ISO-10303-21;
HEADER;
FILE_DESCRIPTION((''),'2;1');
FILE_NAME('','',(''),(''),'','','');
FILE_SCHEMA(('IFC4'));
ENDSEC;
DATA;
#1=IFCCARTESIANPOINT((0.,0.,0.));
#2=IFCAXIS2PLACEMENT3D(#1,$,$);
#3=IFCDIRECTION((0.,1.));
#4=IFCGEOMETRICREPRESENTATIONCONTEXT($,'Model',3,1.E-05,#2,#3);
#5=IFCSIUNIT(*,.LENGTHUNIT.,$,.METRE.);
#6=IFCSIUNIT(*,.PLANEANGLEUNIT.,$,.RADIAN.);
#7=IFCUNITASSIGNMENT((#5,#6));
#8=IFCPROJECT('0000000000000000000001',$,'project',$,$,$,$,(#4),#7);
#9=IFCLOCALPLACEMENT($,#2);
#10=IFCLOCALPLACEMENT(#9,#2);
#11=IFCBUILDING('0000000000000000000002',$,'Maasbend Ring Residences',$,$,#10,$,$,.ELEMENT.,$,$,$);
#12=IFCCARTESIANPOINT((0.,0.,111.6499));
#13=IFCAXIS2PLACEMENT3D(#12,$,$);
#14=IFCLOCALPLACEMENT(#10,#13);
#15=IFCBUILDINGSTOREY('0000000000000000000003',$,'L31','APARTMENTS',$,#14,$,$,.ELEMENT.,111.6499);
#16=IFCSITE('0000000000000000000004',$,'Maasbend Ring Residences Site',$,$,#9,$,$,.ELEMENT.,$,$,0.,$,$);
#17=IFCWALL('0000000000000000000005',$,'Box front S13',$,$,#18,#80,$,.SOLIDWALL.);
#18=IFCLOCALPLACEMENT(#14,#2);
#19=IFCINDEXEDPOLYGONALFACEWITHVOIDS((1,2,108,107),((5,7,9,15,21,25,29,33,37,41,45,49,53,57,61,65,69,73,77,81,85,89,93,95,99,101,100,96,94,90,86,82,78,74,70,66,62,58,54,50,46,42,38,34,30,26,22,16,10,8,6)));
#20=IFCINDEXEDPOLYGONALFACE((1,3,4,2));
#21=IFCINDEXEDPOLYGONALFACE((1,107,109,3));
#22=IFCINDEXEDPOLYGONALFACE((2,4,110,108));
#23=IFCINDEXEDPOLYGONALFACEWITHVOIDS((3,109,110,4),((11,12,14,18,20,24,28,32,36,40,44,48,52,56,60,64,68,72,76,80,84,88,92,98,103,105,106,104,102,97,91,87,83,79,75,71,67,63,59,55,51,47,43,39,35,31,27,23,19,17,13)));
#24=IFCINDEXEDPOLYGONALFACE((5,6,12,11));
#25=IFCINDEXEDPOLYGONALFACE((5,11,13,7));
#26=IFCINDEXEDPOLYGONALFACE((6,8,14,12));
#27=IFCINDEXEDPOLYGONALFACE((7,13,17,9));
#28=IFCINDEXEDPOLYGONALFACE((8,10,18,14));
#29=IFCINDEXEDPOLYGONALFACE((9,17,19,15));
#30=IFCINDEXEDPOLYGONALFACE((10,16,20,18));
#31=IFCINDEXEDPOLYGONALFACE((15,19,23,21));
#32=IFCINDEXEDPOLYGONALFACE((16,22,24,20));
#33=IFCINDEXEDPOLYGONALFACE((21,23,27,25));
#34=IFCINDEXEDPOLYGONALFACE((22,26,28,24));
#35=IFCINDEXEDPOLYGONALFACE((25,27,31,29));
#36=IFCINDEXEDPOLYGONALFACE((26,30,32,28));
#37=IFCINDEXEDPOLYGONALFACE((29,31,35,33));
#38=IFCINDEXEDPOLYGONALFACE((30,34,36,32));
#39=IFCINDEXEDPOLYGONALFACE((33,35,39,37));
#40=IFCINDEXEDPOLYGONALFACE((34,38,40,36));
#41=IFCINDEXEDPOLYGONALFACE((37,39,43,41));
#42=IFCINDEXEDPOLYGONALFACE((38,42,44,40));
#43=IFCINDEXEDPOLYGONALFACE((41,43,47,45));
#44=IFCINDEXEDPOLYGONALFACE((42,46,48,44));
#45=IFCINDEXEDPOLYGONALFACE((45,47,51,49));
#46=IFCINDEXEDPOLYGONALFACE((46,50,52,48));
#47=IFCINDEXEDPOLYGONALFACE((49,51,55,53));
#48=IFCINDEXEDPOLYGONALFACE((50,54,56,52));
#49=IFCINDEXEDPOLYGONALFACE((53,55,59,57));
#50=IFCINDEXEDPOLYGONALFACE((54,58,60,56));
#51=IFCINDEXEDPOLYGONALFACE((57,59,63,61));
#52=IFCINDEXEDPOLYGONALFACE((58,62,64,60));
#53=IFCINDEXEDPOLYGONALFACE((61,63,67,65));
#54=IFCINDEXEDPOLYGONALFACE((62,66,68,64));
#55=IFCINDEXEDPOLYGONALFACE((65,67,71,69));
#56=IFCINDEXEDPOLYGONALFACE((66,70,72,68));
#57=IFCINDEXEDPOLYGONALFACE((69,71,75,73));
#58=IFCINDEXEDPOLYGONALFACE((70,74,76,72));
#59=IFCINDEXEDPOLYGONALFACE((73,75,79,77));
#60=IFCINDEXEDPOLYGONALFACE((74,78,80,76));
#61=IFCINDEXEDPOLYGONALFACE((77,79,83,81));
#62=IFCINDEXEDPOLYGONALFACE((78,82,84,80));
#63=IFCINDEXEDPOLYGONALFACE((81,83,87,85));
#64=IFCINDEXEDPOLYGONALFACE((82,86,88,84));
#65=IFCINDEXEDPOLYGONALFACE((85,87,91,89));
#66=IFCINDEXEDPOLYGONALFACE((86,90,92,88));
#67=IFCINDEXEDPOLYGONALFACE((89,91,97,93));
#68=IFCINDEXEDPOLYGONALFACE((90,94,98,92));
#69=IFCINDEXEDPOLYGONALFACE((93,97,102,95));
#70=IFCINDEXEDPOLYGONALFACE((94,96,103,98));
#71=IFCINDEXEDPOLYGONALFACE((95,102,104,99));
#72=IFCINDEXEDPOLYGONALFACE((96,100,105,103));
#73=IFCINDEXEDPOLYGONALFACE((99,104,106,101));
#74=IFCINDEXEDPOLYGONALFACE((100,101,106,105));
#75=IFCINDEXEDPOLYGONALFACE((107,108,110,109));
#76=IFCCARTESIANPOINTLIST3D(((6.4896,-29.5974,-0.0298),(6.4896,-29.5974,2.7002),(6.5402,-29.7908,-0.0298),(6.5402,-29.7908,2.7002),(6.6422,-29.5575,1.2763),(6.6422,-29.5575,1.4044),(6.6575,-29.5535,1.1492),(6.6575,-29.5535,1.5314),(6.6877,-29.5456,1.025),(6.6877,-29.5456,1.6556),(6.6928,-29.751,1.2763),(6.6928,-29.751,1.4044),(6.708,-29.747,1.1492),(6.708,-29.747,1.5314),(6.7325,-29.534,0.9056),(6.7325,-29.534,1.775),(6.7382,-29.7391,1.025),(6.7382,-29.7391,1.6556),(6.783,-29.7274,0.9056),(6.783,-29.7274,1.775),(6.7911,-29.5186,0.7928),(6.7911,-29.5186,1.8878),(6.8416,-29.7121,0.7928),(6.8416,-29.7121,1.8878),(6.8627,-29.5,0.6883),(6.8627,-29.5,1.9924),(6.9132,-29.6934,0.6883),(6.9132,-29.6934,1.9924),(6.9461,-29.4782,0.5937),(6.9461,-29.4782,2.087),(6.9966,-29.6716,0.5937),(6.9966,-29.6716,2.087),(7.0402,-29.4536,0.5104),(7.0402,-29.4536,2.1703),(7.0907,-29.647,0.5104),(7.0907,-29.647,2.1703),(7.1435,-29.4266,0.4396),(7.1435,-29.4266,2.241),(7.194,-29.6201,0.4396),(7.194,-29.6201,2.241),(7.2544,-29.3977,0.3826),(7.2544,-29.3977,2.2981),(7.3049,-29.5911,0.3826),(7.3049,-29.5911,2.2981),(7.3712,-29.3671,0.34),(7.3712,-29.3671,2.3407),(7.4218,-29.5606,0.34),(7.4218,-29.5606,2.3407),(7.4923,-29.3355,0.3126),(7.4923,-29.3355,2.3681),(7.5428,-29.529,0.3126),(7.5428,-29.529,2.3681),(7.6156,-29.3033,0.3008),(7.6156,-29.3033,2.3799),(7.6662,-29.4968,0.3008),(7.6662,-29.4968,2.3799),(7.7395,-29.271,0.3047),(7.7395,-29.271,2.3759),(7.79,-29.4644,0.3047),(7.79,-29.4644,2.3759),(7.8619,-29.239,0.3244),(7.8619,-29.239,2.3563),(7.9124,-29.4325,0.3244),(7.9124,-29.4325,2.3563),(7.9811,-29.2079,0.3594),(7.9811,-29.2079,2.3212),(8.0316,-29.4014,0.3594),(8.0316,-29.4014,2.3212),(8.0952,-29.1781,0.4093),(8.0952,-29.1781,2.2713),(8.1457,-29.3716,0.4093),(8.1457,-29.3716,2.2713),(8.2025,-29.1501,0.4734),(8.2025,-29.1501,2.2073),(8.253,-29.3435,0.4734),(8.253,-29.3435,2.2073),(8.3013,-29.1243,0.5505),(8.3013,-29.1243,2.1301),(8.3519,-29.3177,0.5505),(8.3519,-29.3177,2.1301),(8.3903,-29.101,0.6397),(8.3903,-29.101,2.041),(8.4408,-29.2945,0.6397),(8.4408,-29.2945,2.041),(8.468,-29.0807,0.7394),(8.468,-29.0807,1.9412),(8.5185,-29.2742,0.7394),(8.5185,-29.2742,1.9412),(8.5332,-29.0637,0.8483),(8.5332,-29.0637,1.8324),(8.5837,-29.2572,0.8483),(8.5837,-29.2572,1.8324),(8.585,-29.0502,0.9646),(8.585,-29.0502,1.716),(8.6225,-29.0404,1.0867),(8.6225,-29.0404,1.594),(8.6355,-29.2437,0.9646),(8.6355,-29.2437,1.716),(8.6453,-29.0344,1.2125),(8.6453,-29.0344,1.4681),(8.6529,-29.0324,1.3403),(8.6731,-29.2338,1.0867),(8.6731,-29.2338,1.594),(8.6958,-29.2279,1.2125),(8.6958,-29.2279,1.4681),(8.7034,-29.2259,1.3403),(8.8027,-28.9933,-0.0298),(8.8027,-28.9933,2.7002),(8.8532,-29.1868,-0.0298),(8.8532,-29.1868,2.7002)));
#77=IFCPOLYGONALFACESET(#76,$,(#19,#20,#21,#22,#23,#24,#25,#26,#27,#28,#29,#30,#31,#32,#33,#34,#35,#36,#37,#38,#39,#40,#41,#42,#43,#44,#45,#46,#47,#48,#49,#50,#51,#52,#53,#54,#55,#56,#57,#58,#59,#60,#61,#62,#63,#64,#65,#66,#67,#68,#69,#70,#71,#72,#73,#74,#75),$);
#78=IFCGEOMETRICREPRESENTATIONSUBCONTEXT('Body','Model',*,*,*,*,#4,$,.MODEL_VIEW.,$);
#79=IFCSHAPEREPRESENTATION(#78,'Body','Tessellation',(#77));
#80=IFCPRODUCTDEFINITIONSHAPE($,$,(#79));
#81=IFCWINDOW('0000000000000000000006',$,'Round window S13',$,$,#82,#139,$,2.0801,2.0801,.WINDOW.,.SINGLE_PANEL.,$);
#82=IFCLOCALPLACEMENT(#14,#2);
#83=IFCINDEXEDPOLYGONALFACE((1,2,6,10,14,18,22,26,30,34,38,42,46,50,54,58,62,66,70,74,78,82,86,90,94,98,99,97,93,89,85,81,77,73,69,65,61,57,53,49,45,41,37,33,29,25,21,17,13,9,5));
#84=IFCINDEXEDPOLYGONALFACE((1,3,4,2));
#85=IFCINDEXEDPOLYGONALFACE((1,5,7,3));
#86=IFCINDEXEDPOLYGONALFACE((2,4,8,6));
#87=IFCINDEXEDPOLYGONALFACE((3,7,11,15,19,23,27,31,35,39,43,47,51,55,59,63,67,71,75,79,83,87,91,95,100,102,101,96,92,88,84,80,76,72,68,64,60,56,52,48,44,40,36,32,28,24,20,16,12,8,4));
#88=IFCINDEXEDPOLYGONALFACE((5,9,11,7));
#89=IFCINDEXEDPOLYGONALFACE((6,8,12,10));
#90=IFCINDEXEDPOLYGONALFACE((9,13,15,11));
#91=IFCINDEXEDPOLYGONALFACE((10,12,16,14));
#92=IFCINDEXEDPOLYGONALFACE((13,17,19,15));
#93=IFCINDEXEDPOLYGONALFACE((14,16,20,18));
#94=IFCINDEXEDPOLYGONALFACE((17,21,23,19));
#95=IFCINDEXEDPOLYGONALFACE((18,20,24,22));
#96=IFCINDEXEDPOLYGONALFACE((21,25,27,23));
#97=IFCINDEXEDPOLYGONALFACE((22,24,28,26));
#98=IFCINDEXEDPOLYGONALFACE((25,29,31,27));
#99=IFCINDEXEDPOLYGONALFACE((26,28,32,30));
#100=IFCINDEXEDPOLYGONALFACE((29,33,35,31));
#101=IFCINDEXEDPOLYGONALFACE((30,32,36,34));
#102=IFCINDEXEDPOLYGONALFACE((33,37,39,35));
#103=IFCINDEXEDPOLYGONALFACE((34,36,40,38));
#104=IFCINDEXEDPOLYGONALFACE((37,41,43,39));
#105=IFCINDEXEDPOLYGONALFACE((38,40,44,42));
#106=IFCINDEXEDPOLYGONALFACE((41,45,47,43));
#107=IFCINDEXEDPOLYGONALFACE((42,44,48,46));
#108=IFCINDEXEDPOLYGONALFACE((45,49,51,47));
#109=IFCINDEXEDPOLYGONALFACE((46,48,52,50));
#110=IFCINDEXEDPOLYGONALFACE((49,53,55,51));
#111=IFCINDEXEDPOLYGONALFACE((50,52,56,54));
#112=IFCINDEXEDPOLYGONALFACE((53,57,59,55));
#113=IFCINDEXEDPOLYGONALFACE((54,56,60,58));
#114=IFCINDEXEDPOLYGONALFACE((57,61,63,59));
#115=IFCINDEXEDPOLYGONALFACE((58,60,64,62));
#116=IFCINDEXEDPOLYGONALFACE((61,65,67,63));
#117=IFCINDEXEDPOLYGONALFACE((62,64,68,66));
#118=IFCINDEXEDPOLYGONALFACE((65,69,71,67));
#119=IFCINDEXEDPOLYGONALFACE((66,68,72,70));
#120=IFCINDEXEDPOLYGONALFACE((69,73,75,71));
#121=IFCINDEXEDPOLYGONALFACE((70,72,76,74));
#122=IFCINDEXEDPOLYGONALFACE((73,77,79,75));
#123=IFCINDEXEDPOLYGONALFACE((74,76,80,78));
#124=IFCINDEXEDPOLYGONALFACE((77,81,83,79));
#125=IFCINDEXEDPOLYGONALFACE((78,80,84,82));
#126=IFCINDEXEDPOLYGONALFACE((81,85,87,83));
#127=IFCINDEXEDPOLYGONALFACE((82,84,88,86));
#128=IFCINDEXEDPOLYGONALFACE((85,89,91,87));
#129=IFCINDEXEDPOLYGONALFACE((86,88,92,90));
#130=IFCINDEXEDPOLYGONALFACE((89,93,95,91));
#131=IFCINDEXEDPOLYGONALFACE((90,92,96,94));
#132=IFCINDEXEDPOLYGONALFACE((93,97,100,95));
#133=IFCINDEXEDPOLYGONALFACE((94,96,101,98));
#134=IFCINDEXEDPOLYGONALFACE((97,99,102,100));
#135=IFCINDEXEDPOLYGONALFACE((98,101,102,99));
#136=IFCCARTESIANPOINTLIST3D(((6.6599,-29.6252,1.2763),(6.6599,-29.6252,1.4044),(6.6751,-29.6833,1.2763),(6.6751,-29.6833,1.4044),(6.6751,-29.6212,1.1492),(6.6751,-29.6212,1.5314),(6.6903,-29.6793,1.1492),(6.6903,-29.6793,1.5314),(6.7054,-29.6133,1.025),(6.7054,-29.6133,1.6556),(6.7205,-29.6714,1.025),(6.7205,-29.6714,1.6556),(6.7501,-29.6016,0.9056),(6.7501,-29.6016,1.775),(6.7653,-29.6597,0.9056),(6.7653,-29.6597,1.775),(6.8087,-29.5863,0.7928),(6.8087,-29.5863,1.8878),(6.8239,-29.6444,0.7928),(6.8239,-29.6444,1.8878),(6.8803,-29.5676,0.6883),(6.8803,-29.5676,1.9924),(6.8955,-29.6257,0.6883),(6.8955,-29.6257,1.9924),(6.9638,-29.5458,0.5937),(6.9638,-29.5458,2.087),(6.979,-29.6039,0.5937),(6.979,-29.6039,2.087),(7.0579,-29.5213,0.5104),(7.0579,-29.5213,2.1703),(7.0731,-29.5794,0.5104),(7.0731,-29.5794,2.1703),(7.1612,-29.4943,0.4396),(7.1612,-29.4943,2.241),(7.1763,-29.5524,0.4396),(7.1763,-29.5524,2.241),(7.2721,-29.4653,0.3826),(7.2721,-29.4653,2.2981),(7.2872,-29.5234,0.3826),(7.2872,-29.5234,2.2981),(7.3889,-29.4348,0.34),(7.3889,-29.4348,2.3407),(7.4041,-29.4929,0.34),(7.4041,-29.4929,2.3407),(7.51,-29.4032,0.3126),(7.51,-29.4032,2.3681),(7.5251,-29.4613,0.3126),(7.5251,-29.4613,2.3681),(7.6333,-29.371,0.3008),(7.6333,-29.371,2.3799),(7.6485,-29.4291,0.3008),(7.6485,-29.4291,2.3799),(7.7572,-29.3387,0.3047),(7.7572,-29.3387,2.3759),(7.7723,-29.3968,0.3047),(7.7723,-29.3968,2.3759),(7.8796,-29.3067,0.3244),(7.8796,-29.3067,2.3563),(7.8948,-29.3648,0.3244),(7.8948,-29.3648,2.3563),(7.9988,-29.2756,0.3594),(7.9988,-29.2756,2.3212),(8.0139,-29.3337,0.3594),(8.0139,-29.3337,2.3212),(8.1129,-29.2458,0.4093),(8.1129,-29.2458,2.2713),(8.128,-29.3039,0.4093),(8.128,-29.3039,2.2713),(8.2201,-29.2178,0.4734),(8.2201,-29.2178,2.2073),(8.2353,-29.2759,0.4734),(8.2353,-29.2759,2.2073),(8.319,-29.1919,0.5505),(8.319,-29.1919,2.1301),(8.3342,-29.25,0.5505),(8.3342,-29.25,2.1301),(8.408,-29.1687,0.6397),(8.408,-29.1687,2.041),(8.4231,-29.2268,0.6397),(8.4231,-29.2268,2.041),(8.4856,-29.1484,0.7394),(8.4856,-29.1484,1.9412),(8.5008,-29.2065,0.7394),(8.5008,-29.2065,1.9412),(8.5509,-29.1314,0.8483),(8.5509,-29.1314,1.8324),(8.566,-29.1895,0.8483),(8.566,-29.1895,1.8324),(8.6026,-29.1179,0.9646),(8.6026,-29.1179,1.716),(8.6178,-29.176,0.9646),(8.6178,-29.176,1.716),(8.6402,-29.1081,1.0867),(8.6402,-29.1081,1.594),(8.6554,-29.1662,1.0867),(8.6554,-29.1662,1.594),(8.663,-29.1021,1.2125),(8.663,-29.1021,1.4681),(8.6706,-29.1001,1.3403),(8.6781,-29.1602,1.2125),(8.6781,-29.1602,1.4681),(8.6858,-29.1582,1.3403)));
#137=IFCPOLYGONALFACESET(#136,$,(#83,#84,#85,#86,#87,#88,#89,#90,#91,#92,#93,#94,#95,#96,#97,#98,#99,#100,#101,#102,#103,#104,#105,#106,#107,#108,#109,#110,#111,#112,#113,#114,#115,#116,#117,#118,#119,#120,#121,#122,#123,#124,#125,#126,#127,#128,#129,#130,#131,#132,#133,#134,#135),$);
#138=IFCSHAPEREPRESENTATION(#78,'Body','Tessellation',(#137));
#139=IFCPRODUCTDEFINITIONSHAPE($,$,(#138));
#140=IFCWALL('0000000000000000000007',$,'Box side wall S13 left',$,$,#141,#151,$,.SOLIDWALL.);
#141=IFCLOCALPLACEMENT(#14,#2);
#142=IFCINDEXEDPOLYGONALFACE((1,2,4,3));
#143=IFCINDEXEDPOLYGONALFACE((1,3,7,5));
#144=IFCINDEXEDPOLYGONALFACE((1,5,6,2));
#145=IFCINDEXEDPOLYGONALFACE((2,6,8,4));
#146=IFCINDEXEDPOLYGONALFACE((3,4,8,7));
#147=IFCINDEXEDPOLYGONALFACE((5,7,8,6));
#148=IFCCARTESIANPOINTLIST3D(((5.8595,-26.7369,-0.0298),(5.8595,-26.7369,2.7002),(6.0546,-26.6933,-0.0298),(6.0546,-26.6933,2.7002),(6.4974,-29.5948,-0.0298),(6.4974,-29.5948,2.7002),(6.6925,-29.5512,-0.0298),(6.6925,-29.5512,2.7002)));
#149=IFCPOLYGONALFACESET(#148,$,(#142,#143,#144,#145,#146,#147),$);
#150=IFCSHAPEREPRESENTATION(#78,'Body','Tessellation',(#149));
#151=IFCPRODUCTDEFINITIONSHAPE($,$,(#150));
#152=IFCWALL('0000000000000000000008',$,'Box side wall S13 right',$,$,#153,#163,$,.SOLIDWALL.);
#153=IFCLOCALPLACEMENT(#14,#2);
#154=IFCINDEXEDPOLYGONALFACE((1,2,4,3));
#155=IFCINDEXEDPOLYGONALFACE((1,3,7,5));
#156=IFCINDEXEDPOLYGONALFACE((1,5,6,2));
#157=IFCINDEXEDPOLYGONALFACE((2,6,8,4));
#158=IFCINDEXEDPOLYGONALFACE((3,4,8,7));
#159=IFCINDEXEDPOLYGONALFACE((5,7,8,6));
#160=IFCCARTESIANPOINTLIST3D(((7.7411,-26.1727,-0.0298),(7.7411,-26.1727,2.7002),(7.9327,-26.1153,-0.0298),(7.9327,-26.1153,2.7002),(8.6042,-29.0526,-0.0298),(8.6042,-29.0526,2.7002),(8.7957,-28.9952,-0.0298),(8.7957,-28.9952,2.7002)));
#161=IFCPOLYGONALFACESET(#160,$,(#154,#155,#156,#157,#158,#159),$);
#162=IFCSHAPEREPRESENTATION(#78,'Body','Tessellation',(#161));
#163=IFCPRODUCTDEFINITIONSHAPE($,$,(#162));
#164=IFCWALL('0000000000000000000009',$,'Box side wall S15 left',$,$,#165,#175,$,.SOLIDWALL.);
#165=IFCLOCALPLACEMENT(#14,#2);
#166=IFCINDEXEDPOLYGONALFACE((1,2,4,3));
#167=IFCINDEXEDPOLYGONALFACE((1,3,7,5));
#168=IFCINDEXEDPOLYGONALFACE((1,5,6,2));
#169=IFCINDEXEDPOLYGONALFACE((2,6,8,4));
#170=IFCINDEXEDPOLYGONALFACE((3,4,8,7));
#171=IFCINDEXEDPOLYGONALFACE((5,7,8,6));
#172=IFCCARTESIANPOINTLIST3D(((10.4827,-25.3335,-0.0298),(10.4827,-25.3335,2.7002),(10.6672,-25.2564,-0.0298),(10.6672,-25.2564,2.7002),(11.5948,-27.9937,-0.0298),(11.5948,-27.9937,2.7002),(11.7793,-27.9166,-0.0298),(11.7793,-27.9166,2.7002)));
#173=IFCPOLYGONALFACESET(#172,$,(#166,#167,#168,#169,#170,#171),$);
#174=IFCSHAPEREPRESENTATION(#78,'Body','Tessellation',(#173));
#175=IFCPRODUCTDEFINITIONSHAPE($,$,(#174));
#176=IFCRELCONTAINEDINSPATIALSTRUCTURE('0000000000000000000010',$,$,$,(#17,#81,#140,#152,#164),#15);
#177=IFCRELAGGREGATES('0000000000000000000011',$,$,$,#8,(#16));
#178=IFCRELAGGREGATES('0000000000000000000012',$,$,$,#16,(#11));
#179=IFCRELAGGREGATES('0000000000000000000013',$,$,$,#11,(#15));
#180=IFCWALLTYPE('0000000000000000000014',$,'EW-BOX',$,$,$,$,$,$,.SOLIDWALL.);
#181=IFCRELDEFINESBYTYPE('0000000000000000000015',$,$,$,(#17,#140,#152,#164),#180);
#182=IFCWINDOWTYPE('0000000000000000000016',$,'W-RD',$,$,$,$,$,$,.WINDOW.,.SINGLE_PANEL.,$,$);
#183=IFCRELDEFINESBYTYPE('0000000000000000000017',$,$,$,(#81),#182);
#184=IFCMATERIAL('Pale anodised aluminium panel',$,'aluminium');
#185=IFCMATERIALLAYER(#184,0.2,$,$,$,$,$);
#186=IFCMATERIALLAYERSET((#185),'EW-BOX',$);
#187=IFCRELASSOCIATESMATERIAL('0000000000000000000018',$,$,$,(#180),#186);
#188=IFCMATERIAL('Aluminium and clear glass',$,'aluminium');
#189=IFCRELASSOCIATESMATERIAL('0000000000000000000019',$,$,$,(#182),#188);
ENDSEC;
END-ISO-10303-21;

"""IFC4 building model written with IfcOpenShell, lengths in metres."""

from ifc_helpers import new_model, si_unit, direction, frame, frame_2d, origin, place, context, subcontext, project, spatial, rectangle, circle, extrude, material, layer, layer_set, type_object, element, fill, save


model = new_model("IFC4")

# Units and contexts
model_context = context("Model", 3, precision=1e-05, world=origin(), true_north=direction((0.0, 1.0)))
body_context = subcontext(model_context, "Body", "Model", "MODEL_VIEW")
ifc_project = project(units=[si_unit("LENGTHUNIT", "METRE"), si_unit("PLANEANGLEUNIT", "RADIAN")], contexts=[model_context])

# Site, building, storey
site_placement = place(None, origin())
site = spatial("IfcSite", under=ifc_project, at=site_placement, Name="Maasbend Ring Residences Site", CompositionType="ELEMENT", RefElevation=0.0)
building_placement = place(site_placement, origin())
building = spatial("IfcBuilding", under=site, at=building_placement, Name="Maasbend Ring Residences", CompositionType="ELEMENT")
storey_placement = place(building_placement, frame((0.0, 0.0, 111.6499)))
storey = spatial("IfcBuildingStorey", under=building, at=storey_placement, Name="L31", Description="APARTMENTS", CompositionType="ELEMENT", Elevation=111.6499)

# Shared definitions
ifc_material_1 = material(Name="Pale anodised aluminium panel", Category="aluminium")
ifc_layer_1 = layer(ifc_material_1, 0.2)
ifc_layer_set_1 = layer_set([ifc_layer_1], Name="EW-BOX")
wall_type_1 = type_object("IfcWallType", Name="EW-BOX", PredefinedType="SOLIDWALL", material=ifc_layer_set_1)

# Wall, opening, window
wall_1_placement = place(storey_placement, frame((6.5149, -29.6941, -0.0298), z_axis=(0.0, 0.0, 1.0), x_axis=(0.967554, 0.252663, 0.0)))
wall_1 = element("IfcWall", 1, at=wall_1_placement, inside=storey, type_object=wall_type_1, Name="Box front S13", PredefinedType="SOLIDWALL", context=body_context, shape_type="SweptSolid", body=[
    extrude(rectangle(XDim=2.3906, YDim=0.2, at=frame_2d((1.1953, 0.0))), origin(), (0.0, 0.0, 1.0), 2.73),
])
opening_1_placement = place(wall_1_placement, frame((0.1558, 0.0, 0.3301)))
opening_1 = element("IfcOpeningElement", 2, at=opening_1_placement, cuts=wall_1, PredefinedType="OPENING", context=body_context, shape_type="SweptSolid", body=[
    extrude(circle(Radius=1.04, at=frame_2d((1.04, 1.04))), frame((0.0, 0.1099, 0.0), z_axis=(0.0, -1.0, 0.0), x_axis=(1.0, 0.0, 0.0)), (0.0, 0.0, 1.0), 0.22),
])
ifc_material_2 = material(Name="Aluminium and clear glass", Category="aluminium")
window_type_1 = type_object("IfcWindowType", Name="W-RD", PartitioningType="SINGLE_PANEL", PredefinedType="WINDOW", material=ifc_material_2)
window_1_placement = place(opening_1_placement, origin())
window_1 = element("IfcWindow", 3, at=window_1_placement, inside=storey, type_object=window_type_1, Name="Round window S13", OverallHeight=2.0801, OverallWidth=2.0801, PartitioningType="SINGLE_PANEL", PredefinedType="WINDOW", context=body_context, shape_type="SweptSolid", body=[
    extrude(circle(Radius=1.04, at=frame_2d((1.04, 1.04))), frame((0.0, 0.03, 0.0), z_axis=(0.0, -1.0, 0.0), x_axis=(1.0, 0.0, 0.0)), (0.0, 0.0, 1.0), 0.0601),
])
fill(opening_1, window_1)

# Walls
wall_2_placement = place(storey_placement, frame((5.957, -26.7151, -0.0298), z_axis=(0.0, 0.0, 1.0), x_axis=(0.217857, -0.975981, 0.0)))
element("IfcWall", 4, at=wall_2_placement, inside=storey, type_object=wall_type_1, Name="Box side wall S13 left", PredefinedType="SOLIDWALL", context=body_context, shape_type="SweptSolid", body=[
    extrude(rectangle(XDim=2.9282, YDim=0.2, at=frame_2d((1.4641, 0.0))), origin(), (0.0, 0.0, 1.0), 2.73),
])
wall_3_placement = place(storey_placement, frame((7.8369, -26.144, -0.0298), z_axis=(0.0, 0.0, 1.0), x_axis=(0.287065, -0.957911, 0.0)))
element("IfcWall", 5, at=wall_3_placement, inside=storey, type_object=wall_type_1, Name="Box side wall S13 right", PredefinedType="SOLIDWALL", context=body_context, shape_type="SweptSolid", body=[
    extrude(rectangle(XDim=3.0063, YDim=0.2, at=frame_2d((1.5032, 0.0))), origin(), (0.0, 0.0, 1.0), 2.73),
])
wall_4_placement = place(storey_placement, frame((10.575, -25.2949, -0.0298), z_axis=(0.0, 0.0, 1.0), x_axis=(0.385697, -0.922625, 0.0)))
element("IfcWall", 6, at=wall_4_placement, inside=storey, type_object=wall_type_1, Name="Box side wall S15 left", PredefinedType="SOLIDWALL", context=body_context, shape_type="SweptSolid", body=[
    extrude(rectangle(XDim=2.8833, YDim=0.2, at=frame_2d((1.4417, 0.0))), origin(), (0.0, 0.0, 1.0), 2.73),
])

save(model, "model.ifc")
